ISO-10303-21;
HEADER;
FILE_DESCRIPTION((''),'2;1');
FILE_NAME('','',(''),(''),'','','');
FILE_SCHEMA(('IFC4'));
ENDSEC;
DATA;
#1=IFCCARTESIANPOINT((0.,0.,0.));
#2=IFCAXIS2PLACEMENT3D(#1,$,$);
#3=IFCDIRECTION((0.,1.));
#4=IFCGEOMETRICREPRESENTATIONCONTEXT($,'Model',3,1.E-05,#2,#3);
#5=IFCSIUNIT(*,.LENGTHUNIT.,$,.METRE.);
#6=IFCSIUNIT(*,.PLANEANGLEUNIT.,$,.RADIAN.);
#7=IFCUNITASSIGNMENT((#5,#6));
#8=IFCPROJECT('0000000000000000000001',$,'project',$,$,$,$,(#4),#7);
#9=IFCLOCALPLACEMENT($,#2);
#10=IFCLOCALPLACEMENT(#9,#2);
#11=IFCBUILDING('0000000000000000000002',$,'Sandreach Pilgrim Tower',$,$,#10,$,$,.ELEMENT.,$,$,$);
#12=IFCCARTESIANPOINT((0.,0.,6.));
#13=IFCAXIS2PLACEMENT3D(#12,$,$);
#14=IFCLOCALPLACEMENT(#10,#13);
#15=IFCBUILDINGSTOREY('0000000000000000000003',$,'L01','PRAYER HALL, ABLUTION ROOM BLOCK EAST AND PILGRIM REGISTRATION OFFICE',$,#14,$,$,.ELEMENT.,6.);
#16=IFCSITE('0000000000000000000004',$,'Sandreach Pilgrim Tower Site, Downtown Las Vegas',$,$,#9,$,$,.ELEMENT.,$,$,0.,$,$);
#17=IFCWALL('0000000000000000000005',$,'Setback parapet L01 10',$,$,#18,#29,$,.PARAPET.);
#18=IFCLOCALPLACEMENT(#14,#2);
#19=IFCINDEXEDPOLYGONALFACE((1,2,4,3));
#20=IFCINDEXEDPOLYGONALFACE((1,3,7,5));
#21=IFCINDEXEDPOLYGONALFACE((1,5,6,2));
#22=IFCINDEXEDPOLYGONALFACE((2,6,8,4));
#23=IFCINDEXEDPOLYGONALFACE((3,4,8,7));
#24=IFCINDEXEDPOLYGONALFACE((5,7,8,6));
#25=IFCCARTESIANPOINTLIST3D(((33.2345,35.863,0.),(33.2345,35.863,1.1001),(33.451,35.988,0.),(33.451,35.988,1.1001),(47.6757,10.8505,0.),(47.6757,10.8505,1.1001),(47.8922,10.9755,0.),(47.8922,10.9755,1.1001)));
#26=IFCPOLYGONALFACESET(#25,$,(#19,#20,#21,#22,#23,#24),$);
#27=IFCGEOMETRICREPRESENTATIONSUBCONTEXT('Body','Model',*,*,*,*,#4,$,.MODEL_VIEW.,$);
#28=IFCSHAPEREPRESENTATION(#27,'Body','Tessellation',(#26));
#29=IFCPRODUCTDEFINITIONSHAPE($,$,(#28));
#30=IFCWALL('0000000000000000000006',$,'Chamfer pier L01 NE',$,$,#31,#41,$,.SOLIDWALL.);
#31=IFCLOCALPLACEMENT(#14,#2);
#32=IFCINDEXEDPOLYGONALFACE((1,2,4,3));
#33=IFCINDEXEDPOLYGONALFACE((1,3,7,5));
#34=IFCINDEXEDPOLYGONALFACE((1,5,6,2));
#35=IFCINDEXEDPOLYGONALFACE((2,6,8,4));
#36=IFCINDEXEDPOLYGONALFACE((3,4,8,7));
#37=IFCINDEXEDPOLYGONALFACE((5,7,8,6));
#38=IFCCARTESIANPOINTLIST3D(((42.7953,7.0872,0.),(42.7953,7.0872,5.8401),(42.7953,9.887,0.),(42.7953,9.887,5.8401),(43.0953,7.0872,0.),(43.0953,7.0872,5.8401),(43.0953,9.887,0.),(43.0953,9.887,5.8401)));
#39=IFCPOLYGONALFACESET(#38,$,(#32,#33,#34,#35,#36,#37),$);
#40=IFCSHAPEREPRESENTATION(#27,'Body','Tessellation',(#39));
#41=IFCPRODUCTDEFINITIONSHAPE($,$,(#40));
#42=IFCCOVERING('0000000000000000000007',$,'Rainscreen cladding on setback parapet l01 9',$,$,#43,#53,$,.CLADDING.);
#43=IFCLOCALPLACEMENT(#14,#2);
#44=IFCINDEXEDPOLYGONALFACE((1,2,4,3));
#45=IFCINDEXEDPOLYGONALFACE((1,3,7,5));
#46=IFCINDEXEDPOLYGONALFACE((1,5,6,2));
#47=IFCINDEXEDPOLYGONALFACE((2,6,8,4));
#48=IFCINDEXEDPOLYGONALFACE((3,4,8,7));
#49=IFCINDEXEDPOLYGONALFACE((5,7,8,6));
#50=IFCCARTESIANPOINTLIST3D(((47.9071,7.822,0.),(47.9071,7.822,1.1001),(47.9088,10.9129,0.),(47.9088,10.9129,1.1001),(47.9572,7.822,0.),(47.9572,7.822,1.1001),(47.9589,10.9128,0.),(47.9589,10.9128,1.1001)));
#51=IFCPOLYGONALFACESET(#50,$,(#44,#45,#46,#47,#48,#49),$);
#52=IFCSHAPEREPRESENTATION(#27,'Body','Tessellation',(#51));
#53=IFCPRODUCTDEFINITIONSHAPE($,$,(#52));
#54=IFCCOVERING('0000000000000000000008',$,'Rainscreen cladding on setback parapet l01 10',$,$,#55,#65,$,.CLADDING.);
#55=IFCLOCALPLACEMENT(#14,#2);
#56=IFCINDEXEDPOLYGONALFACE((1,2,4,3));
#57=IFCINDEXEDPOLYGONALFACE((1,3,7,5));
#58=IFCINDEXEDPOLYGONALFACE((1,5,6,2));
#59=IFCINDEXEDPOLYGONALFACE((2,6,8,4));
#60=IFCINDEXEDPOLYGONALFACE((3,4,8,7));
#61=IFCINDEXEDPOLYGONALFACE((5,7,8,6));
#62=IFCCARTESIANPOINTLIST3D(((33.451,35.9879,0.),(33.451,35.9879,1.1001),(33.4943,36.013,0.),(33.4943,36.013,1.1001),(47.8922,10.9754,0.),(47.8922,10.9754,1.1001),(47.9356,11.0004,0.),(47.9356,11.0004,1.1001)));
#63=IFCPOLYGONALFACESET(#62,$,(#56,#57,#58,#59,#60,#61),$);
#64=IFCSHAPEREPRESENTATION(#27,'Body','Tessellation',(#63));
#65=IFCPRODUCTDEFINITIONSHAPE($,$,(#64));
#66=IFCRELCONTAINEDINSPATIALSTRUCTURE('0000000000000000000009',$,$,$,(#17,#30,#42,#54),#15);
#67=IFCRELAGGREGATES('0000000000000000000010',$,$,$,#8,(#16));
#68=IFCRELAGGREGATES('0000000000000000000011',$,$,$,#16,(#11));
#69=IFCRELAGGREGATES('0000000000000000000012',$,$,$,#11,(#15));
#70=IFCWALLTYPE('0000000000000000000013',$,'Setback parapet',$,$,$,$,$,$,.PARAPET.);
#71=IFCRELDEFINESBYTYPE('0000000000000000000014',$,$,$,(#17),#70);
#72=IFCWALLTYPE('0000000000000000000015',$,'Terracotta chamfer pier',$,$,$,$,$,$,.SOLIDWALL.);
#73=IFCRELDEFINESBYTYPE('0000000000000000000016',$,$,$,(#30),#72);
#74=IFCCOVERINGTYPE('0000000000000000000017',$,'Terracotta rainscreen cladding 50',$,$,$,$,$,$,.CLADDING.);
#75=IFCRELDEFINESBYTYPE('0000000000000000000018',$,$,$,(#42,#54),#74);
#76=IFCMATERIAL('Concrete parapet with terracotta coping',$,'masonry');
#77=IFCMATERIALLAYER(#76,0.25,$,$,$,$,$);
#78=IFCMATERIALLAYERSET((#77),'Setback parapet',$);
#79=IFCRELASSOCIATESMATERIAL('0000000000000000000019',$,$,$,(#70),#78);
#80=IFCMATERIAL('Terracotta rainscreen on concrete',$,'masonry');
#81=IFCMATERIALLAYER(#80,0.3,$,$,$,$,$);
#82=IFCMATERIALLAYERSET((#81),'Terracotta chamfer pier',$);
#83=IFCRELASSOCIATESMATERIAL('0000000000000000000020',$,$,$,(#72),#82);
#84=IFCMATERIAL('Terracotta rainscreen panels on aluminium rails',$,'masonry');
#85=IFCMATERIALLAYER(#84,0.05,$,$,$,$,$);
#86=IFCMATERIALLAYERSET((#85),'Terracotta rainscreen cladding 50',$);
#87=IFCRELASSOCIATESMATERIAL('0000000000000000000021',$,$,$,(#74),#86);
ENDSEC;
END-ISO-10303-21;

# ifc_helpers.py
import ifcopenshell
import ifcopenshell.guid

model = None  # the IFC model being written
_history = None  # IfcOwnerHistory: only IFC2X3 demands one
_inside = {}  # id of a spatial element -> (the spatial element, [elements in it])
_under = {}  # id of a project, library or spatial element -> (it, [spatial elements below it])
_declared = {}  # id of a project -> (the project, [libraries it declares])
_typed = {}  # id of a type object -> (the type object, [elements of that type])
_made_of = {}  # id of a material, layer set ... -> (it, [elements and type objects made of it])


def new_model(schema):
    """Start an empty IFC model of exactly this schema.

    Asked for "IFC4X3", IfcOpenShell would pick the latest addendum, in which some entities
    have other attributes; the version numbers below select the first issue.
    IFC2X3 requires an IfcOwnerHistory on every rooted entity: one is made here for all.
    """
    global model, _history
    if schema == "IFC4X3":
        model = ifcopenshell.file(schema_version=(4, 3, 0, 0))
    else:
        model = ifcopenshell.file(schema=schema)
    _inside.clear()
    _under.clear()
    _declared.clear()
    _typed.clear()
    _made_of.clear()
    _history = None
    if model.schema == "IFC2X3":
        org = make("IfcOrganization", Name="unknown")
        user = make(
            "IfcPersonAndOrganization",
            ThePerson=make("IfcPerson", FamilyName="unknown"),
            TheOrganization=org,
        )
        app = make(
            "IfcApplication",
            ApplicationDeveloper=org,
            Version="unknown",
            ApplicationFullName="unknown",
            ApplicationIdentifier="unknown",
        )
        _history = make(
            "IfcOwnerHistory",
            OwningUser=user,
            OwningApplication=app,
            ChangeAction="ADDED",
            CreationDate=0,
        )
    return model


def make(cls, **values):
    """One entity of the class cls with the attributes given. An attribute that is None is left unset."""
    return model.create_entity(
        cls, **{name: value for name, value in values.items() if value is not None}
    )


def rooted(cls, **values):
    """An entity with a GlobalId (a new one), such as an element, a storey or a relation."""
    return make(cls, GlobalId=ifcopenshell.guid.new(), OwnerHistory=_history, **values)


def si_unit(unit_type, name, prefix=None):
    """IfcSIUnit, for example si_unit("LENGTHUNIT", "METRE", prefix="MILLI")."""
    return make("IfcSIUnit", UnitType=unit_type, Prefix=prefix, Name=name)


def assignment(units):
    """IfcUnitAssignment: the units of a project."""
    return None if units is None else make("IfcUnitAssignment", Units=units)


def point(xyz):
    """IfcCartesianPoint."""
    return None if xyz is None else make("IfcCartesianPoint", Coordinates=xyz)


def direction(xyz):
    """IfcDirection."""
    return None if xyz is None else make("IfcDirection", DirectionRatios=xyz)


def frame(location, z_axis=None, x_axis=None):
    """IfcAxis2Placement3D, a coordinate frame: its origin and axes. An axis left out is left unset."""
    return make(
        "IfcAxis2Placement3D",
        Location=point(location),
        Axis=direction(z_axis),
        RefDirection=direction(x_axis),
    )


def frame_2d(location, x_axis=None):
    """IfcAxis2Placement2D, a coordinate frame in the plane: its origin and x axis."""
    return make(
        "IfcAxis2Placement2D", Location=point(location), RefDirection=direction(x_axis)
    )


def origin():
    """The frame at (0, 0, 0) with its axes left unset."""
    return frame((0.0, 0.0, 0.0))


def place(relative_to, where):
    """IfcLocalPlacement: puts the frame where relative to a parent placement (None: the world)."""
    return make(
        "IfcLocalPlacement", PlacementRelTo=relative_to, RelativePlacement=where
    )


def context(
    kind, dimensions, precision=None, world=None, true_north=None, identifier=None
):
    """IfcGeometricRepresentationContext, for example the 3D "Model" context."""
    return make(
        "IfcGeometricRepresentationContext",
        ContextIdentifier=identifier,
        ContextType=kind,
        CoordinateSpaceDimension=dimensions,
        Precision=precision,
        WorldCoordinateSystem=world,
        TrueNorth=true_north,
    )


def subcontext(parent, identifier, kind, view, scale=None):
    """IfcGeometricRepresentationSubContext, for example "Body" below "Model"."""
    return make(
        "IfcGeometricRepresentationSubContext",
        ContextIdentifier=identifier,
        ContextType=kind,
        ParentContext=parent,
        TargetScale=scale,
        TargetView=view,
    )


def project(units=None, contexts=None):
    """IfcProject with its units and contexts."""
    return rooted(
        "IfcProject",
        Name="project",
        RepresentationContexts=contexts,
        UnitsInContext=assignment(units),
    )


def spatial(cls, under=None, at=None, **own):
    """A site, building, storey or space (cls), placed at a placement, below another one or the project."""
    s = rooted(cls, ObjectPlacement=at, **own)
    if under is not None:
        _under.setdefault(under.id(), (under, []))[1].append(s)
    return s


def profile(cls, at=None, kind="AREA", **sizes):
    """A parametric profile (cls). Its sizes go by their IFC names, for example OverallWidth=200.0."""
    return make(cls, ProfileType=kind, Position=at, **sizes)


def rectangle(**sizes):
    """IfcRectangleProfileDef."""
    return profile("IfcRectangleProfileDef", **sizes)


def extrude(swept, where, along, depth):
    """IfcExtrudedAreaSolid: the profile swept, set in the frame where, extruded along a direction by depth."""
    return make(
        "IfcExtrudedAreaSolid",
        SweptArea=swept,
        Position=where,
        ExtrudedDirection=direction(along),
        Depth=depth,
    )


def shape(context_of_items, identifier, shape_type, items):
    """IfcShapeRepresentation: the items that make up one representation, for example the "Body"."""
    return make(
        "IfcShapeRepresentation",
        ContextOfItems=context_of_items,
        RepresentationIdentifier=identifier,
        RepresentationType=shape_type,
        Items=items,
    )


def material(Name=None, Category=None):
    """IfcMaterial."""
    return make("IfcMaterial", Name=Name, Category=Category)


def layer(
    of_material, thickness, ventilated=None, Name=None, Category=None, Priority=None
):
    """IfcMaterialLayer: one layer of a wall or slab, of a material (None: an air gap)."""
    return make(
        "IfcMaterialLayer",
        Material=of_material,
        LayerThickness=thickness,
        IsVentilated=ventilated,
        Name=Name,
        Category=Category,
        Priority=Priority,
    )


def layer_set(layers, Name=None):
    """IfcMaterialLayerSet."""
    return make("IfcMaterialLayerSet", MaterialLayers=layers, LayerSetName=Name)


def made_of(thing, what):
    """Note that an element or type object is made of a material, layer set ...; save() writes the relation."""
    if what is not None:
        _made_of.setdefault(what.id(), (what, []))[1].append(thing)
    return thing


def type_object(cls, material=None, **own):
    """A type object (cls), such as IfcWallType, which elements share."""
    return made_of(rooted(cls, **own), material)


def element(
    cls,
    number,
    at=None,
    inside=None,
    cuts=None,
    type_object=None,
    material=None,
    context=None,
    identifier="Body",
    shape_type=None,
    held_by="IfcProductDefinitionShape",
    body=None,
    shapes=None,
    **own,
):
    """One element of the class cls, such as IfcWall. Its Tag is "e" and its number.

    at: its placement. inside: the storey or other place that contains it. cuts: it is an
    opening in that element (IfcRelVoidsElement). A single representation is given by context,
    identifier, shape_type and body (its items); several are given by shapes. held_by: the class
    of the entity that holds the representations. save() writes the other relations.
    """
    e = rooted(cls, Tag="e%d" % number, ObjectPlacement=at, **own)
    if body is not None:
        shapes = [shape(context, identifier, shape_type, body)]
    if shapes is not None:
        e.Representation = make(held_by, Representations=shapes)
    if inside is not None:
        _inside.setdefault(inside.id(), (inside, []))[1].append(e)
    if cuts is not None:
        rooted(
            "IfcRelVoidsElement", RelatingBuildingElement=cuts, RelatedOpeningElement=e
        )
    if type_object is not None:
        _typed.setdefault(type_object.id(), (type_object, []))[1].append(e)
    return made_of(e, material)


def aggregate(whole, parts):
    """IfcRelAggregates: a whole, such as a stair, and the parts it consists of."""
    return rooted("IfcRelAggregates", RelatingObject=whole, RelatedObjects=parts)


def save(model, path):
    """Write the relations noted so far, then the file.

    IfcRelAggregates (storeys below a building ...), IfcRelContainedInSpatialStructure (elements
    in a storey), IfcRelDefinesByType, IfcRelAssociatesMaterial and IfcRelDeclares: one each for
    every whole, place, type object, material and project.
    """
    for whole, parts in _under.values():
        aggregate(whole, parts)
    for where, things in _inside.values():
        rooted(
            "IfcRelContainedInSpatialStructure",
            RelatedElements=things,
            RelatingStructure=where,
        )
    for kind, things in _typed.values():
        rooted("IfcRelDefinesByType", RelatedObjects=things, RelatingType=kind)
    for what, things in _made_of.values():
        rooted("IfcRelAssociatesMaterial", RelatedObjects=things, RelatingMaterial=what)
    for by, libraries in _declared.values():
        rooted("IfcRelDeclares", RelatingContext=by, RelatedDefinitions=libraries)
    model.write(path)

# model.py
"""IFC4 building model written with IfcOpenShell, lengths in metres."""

from ifc_helpers import new_model, si_unit, direction, frame, frame_2d, origin, place, context, subcontext, project, spatial, rectangle, extrude, material, layer, layer_set, type_object, element, save


model = new_model("IFC4")

# Units and contexts
model_context = context("Model", 3, precision=1e-05, world=origin(), true_north=direction((0.0, 1.0)))
body_context = subcontext(model_context, "Body", "Model", "MODEL_VIEW")
ifc_project = project(units=[si_unit("LENGTHUNIT", "METRE"), si_unit("PLANEANGLEUNIT", "RADIAN")], contexts=[model_context])

# Site, building, storey
site_placement = place(None, origin())
site = spatial("IfcSite", under=ifc_project, at=site_placement, Name="Sandreach Pilgrim Tower Site, Downtown Las Vegas", CompositionType="ELEMENT", RefElevation=0.0)
building_placement = place(site_placement, origin())
building = spatial("IfcBuilding", under=site, at=building_placement, Name="Sandreach Pilgrim Tower", CompositionType="ELEMENT")
storey_placement = place(building_placement, frame((0.0, 0.0, 6.0)))
storey = spatial("IfcBuildingStorey", under=building, at=storey_placement, Name="L01", Description="PRAYER HALL, ABLUTION ROOM BLOCK EAST AND PILGRIM REGISTRATION OFFICE", CompositionType="ELEMENT", Elevation=6.0)

# Walls
ifc_material_1 = material(Name="Concrete parapet with terracotta coping", Category="masonry")
ifc_layer_1 = layer(ifc_material_1, 0.25)
ifc_layer_set_1 = layer_set([ifc_layer_1], Name="Setback parapet")
wall_type_1 = type_object("IfcWallType", Name="Setback parapet", PredefinedType="PARAPET", material=ifc_layer_set_1)
wall_1_placement = place(storey_placement, frame((47.7839, 10.9131, 0.0), z_axis=(0.0, 0.0, 1.0), x_axis=(-0.500006, 0.866022, 0.0)))
element("IfcWall", 1, at=wall_1_placement, inside=storey, type_object=wall_type_1, Name="Setback parapet L01 10", PredefinedType="PARAPET", context=body_context, shape_type="SweptSolid", body=[
    extrude(rectangle(XDim=28.8821, YDim=0.25, at=frame_2d((14.4409, 0.0))), origin(), (0.0, 0.0, 1.0), 1.1001),
])
ifc_material_2 = material(Name="Terracotta rainscreen on concrete", Category="masonry")
ifc_layer_2 = layer(ifc_material_2, 0.3)
ifc_layer_set_2 = layer_set([ifc_layer_2], Name="Terracotta chamfer pier")
wall_type_2 = type_object("IfcWallType", Name="Terracotta chamfer pier", PredefinedType="SOLIDWALL", material=ifc_layer_set_2)
wall_2_placement = place(storey_placement, frame((42.9453, 9.887, 0.0), z_axis=(0.0, 0.0, 1.0), x_axis=(0.0, -1.0, 0.0)))
element("IfcWall", 2, at=wall_2_placement, inside=storey, type_object=wall_type_2, Name="Chamfer pier L01 NE", PredefinedType="SOLIDWALL", context=body_context, shape_type="SweptSolid", body=[
    extrude(rectangle(XDim=2.7998, YDim=0.3, at=frame_2d((1.3999, 0.0))), origin(), (0.0, 0.0, 1.0), 5.8401),
])

# Coverings
ifc_material_3 = material(Name="Terracotta rainscreen panels on aluminium rails", Category="masonry")
ifc_layer_3 = layer(ifc_material_3, 0.05)
ifc_layer_set_3 = layer_set([ifc_layer_3], Name="Terracotta rainscreen cladding 50")
covering_type = type_object("IfcCoveringType", Name="Terracotta rainscreen cladding 50", PredefinedType="CLADDING", material=ifc_layer_set_3)
covering_1_placement = place(storey_placement, frame((47.9321, 7.822, 0.0), z_axis=(0.0, 0.0, 1.0), x_axis=(0.000553, 1.0, 0.0)))
element("IfcCovering", 3, at=covering_1_placement, inside=storey, type_object=covering_type, Name="Rainscreen cladding on setback parapet l01 9", PredefinedType="CLADDING", context=body_context, shape_type="SweptSolid", body=[
    extrude(rectangle(XDim=3.0908, YDim=0.05, at=frame_2d((1.5454, 0.0))), origin(), (0.0, 0.0, 1.0), 1.1001),
])
covering_2_placement = place(storey_placement, frame((47.9138, 10.988, 0.0), z_axis=(0.0, 0.0, 1.0), x_axis=(-0.500006, 0.866022, 0.0)))
element("IfcCovering", 4, at=covering_2_placement, inside=storey, type_object=covering_type, Name="Rainscreen cladding on setback parapet l01 10", PredefinedType="CLADDING", context=body_context, shape_type="SweptSolid", body=[
    extrude(rectangle(XDim=28.8821, YDim=0.05, at=frame_2d((14.4409, 0.0))), origin(), (0.0, 0.0, 1.0), 1.1001),
])

save(model, "model.ifc")
